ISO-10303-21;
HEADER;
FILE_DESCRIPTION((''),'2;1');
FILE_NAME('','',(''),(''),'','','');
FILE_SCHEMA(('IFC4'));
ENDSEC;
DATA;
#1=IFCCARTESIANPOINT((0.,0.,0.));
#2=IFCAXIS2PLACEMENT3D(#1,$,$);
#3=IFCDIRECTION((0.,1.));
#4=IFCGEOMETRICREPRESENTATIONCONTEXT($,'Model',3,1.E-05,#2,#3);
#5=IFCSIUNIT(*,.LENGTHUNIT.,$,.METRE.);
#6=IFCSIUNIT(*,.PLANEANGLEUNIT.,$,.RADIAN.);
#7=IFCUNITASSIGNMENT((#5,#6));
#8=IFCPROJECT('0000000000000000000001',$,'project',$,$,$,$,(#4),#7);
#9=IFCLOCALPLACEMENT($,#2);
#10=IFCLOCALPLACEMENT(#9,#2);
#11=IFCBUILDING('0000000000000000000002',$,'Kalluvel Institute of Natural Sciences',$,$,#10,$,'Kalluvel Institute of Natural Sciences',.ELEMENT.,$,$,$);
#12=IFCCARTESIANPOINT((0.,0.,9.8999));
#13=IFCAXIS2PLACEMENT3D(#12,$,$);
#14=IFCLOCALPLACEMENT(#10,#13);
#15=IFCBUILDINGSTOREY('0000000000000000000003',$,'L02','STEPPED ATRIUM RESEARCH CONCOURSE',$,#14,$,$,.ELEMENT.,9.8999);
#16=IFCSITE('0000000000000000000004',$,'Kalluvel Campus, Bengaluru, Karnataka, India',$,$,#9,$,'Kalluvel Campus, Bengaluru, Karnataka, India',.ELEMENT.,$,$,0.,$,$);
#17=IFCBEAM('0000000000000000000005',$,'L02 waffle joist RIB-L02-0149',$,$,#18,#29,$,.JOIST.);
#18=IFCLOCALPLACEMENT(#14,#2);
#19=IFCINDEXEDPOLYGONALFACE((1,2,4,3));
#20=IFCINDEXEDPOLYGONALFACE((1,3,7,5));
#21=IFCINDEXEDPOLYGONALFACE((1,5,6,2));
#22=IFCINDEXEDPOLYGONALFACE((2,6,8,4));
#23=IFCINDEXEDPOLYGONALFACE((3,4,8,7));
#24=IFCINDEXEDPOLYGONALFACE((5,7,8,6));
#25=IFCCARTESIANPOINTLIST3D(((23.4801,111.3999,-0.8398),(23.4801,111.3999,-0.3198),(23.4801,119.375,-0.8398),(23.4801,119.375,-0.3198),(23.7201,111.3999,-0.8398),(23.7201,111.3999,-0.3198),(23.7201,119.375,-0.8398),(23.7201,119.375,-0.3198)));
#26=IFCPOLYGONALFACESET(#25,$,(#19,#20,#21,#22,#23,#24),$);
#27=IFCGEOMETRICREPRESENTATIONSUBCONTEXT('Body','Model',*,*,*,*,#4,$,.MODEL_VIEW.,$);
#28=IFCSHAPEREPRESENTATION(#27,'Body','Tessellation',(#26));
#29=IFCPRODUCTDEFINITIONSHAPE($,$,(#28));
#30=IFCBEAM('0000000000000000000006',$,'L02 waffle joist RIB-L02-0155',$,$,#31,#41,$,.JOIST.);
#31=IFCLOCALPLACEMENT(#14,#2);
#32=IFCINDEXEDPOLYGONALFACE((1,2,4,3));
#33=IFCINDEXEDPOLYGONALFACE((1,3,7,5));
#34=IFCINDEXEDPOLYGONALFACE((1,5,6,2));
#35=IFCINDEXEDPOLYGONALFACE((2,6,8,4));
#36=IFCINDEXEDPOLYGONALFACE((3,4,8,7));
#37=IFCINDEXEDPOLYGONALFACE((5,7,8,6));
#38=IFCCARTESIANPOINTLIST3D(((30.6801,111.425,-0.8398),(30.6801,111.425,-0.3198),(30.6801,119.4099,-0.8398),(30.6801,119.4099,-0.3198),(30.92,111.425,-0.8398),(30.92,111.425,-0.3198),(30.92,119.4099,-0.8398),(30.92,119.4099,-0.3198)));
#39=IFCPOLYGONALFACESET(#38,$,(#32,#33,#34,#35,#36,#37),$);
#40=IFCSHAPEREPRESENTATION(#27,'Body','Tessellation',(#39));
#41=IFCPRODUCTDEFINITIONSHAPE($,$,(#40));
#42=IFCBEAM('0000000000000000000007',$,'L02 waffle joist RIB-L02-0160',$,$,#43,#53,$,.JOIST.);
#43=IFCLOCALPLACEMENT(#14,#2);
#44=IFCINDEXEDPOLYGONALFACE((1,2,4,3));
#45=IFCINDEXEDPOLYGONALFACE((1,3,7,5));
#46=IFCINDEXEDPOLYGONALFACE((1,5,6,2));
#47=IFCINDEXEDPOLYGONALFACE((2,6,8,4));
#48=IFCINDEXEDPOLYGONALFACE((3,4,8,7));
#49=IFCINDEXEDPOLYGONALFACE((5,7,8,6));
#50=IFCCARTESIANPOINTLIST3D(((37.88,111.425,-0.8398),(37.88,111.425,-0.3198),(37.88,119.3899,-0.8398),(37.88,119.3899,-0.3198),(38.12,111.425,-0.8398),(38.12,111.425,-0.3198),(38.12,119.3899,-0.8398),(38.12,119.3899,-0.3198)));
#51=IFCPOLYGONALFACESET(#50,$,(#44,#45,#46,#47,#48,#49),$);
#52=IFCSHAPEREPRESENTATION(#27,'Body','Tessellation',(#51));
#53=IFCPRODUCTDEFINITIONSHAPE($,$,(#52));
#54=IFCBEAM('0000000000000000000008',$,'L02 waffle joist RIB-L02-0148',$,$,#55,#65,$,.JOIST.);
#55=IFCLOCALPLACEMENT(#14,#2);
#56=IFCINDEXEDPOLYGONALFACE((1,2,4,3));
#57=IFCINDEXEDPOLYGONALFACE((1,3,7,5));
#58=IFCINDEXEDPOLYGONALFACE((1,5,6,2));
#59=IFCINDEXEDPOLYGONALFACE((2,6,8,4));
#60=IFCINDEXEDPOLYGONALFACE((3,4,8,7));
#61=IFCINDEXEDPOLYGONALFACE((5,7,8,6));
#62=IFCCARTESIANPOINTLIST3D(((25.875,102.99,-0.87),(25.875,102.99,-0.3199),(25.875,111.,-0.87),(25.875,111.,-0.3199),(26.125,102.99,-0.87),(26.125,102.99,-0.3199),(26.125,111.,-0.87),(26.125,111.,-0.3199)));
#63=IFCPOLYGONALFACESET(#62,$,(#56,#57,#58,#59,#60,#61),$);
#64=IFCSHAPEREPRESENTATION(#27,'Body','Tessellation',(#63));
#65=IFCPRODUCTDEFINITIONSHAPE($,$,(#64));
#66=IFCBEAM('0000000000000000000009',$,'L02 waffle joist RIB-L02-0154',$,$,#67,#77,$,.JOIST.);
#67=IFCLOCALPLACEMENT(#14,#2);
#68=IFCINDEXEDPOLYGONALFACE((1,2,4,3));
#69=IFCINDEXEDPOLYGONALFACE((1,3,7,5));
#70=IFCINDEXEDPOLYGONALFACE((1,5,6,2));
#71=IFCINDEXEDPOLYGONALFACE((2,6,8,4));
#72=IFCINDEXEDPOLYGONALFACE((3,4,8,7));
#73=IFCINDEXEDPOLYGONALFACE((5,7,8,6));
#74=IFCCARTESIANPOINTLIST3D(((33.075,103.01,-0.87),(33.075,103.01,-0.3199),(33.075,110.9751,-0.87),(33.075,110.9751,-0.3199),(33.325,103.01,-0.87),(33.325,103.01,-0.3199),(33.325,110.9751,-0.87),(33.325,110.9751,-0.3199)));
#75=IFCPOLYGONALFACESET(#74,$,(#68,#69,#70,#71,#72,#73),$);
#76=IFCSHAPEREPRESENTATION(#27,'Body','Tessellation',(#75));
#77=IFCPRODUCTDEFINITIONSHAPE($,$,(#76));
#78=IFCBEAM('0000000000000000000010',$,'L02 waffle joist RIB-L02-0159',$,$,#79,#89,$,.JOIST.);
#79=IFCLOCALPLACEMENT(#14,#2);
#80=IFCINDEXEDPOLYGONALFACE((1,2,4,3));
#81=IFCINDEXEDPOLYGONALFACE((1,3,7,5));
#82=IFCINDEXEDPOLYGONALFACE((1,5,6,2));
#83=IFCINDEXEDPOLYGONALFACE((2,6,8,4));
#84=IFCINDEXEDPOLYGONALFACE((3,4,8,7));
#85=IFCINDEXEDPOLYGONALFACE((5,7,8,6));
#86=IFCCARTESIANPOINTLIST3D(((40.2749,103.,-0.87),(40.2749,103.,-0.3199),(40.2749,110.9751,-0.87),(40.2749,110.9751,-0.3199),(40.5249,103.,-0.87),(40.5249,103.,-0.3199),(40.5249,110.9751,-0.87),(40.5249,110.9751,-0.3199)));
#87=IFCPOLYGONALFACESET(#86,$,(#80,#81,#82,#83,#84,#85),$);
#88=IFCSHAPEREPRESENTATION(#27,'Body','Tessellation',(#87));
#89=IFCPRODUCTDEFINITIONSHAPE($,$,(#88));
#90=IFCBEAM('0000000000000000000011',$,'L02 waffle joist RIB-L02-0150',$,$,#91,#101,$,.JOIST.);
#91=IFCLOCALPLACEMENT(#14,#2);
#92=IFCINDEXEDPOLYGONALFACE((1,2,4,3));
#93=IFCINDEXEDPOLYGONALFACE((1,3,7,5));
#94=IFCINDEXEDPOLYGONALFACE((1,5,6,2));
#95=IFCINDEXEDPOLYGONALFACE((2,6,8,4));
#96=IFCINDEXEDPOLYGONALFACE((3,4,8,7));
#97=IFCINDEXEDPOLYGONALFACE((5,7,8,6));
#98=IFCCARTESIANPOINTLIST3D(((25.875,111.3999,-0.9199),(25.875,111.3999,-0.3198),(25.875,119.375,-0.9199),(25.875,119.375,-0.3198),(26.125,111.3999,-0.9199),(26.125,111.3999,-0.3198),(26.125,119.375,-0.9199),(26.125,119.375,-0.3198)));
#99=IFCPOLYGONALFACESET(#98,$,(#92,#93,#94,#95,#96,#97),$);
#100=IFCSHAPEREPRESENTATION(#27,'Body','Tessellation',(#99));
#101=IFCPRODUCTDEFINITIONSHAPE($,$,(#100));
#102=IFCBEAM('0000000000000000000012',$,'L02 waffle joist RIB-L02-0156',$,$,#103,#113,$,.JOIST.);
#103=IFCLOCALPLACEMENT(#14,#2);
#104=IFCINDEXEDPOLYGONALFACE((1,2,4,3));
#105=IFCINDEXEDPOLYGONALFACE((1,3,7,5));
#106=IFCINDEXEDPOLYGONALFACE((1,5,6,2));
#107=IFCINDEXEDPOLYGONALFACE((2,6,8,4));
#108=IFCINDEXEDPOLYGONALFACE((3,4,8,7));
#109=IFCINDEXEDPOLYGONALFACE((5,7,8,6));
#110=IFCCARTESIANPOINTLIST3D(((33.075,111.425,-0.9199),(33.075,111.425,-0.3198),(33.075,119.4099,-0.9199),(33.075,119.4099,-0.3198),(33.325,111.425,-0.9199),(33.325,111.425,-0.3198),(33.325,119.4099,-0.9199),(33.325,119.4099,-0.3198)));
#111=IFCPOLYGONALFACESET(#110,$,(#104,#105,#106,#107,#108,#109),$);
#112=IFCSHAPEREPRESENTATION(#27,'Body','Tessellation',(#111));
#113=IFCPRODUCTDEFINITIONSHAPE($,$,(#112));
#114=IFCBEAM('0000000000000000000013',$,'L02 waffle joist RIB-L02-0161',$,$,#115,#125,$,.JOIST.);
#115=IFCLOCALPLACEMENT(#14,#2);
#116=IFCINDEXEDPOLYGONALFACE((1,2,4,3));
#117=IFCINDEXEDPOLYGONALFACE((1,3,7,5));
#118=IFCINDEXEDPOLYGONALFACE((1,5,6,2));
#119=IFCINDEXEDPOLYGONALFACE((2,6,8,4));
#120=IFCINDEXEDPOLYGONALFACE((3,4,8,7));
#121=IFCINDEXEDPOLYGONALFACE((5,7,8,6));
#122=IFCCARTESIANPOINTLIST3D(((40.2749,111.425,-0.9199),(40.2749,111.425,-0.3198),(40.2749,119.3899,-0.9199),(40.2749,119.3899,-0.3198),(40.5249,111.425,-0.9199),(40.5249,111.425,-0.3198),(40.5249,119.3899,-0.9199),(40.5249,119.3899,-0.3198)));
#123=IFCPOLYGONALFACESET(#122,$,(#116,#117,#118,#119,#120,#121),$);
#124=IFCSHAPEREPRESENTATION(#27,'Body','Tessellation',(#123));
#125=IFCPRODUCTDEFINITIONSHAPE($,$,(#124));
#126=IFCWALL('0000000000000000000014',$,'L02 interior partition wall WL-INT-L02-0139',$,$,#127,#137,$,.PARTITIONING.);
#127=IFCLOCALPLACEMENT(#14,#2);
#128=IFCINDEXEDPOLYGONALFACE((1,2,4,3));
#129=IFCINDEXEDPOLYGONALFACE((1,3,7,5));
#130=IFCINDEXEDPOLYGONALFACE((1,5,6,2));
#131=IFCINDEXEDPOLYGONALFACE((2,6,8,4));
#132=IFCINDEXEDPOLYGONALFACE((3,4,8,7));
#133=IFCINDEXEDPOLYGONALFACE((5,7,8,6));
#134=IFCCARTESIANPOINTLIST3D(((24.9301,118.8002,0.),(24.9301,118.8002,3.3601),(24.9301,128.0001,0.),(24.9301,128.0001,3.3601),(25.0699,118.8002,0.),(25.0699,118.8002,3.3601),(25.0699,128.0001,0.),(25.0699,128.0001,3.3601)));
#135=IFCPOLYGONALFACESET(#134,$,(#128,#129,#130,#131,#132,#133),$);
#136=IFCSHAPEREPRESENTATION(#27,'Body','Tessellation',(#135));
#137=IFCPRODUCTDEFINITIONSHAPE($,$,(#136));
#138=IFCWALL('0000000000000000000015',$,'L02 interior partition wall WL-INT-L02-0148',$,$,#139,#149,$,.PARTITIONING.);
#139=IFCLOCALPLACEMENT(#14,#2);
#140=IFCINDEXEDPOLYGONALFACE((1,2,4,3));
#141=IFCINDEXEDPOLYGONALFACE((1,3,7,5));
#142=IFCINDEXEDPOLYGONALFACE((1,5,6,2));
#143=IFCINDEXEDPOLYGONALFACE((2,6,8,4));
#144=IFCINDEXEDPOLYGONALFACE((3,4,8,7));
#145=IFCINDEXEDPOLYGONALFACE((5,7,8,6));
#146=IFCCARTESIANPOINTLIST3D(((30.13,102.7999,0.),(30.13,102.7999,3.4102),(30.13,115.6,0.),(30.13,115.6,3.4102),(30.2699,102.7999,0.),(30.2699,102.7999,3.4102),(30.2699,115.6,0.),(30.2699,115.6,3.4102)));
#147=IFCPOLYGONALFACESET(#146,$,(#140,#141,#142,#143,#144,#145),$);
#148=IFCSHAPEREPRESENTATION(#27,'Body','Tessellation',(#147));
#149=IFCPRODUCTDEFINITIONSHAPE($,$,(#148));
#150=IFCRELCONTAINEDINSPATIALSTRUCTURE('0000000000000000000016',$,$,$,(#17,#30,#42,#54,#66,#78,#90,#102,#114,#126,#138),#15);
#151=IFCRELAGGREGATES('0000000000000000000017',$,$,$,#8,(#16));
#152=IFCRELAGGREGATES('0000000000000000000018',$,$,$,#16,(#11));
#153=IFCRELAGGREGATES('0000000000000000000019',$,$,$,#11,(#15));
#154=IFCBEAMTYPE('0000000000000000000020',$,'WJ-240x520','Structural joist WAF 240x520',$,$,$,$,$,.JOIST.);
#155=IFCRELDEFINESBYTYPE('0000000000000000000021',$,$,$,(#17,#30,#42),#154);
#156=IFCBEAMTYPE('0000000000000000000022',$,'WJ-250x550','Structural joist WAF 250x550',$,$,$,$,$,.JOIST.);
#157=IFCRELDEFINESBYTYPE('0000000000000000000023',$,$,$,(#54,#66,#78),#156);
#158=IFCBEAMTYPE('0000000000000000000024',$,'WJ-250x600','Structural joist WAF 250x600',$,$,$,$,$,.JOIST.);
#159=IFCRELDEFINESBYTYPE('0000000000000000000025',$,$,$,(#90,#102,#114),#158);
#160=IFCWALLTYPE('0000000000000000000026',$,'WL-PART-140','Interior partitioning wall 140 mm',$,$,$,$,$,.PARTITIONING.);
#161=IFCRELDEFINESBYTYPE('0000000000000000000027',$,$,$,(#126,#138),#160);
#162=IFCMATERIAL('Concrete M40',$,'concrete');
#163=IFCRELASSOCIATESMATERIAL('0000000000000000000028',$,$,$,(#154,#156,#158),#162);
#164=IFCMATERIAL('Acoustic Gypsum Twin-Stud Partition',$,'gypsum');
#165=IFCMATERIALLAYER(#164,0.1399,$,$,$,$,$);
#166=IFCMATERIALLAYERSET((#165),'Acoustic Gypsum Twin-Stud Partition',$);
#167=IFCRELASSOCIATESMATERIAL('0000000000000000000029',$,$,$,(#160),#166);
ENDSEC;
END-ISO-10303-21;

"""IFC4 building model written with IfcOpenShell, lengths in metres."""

from ifc_helpers import new_model, si_unit, direction, frame, frame_2d, origin, origin_2d, place, context, subcontext, project, spatial, rectangle, extrude, material, layer, layer_set, material_profile, profile_set, type_object, element, save


model = new_model("IFC4")

# Units and contexts
model_context = context("Model", 3, precision=1e-05, world=origin(), true_north=direction((0.0, 1.0)))
body_context = subcontext(model_context, "Body", "Model", "MODEL_VIEW")
ifc_project = project(units=[si_unit("LENGTHUNIT", "METRE"), si_unit("PLANEANGLEUNIT", "RADIAN")], contexts=[model_context])

# Site, building, storey
site_placement = place(None, origin())
site = spatial("IfcSite", under=ifc_project, at=site_placement, Name="Kalluvel Campus, Bengaluru, Karnataka, India", LongName="Kalluvel Campus, Bengaluru, Karnataka, India", CompositionType="ELEMENT", RefElevation=0.0)
building_placement = place(site_placement, origin())
building = spatial("IfcBuilding", under=site, at=building_placement, Name="Kalluvel Institute of Natural Sciences", LongName="Kalluvel Institute of Natural Sciences", CompositionType="ELEMENT")
storey_placement = place(building_placement, frame((0.0, 0.0, 9.8999)))
storey = spatial("IfcBuildingStorey", under=building, at=storey_placement, Name="L02", Description="STEPPED ATRIUM RESEARCH CONCOURSE", CompositionType="ELEMENT", Elevation=9.8999)

# Beams
ifc_material_1 = material(Name="Concrete M40", Category="concrete")
ifc_material_profile_1 = material_profile(ifc_material_1, rectangle(XDim=0.24, YDim=0.52, at=origin_2d()), Name="WAF 240x520")
ifc_profile_set_1 = profile_set([ifc_material_profile_1], Name="Concrete M40")
beam_type_1 = type_object("IfcBeamType", Name="WJ-240x520", Description="Structural joist WAF 240x520", PredefinedType="JOIST", material=ifc_profile_set_1)
beam_1_placement = place(storey_placement, frame((23.6001, 111.3999, -0.5798), z_axis=(0.0, 1.0, 0.0), x_axis=(-1.0, 0.0, 0.0)))
element("IfcBeam", 1, at=beam_1_placement, inside=storey, type_object=beam_type_1, Name="L02 waffle joist RIB-L02-0149", PredefinedType="JOIST", context=body_context, shape_type="SweptSolid", body=[
    extrude(rectangle(XDim=0.24, YDim=0.52, at=origin_2d()), origin(), (0.0, 0.0, 1.0), 7.9751),
])
beam_2_placement = place(storey_placement, frame((30.8, 111.425, -0.5798), z_axis=(0.0, 1.0, 0.0), x_axis=(-1.0, 0.0, 0.0)))
element("IfcBeam", 2, at=beam_2_placement, inside=storey, type_object=beam_type_1, Name="L02 waffle joist RIB-L02-0155", PredefinedType="JOIST", context=body_context, shape_type="SweptSolid", body=[
    extrude(rectangle(XDim=0.24, YDim=0.52, at=origin_2d()), origin(), (0.0, 0.0, 1.0), 7.9849),
])
beam_3_placement = place(storey_placement, frame((38.0, 111.425, -0.5798), z_axis=(0.0, 1.0, 0.0), x_axis=(-1.0, 0.0, 0.0)))
element("IfcBeam", 3, at=beam_3_placement, inside=storey, type_object=beam_type_1, Name="L02 waffle joist RIB-L02-0160", PredefinedType="JOIST", context=body_context, shape_type="SweptSolid", body=[
    extrude(rectangle(XDim=0.24, YDim=0.52, at=origin_2d()), origin(), (0.0, 0.0, 1.0), 7.9648),
])
ifc_material_profile_2 = material_profile(ifc_material_1, rectangle(XDim=0.25, YDim=0.55, at=origin_2d()), Name="WAF 250x550")
ifc_profile_set_2 = profile_set([ifc_material_profile_2], Name="Concrete M40")
beam_type_2 = type_object("IfcBeamType", Name="WJ-250x550", Description="Structural joist WAF 250x550", PredefinedType="JOIST", material=ifc_profile_set_2)
beam_4_placement = place(storey_placement, frame((26.0, 102.99, -0.595), z_axis=(0.0, 1.0, 0.0), x_axis=(-1.0, 0.0, 0.0)))
element("IfcBeam", 4, at=beam_4_placement, inside=storey, type_object=beam_type_2, Name="L02 waffle joist RIB-L02-0148", PredefinedType="JOIST", context=body_context, shape_type="SweptSolid", body=[
    extrude(rectangle(XDim=0.25, YDim=0.55, at=origin_2d()), origin(), (0.0, 0.0, 1.0), 8.01),
])
beam_5_placement = place(storey_placement, frame((33.2, 103.01, -0.595), z_axis=(0.0, 1.0, 0.0), x_axis=(-1.0, 0.0, 0.0)))
element("IfcBeam", 5, at=beam_5_placement, inside=storey, type_object=beam_type_2, Name="L02 waffle joist RIB-L02-0154", PredefinedType="JOIST", context=body_context, shape_type="SweptSolid", body=[
    extrude(rectangle(XDim=0.25, YDim=0.55, at=origin_2d()), origin(), (0.0, 0.0, 1.0), 7.9651),
])
beam_6_placement = place(storey_placement, frame((40.3999, 103.0, -0.595), z_axis=(0.0, 1.0, 0.0), x_axis=(-1.0, 0.0, 0.0)))
element("IfcBeam", 6, at=beam_6_placement, inside=storey, type_object=beam_type_2, Name="L02 waffle joist RIB-L02-0159", PredefinedType="JOIST", context=body_context, shape_type="SweptSolid", body=[
    extrude(rectangle(XDim=0.25, YDim=0.55, at=origin_2d()), origin(), (0.0, 0.0, 1.0), 7.9751),
])
ifc_material_profile_3 = material_profile(ifc_material_1, rectangle(XDim=0.25, YDim=0.6001, at=origin_2d()), Name="WAF 250x600")
ifc_profile_set_3 = profile_set([ifc_material_profile_3], Name="Concrete M40")
beam_type_3 = type_object("IfcBeamType", Name="WJ-250x600", Description="Structural joist WAF 250x600", PredefinedType="JOIST", material=ifc_profile_set_3)
beam_7_placement = place(storey_placement, frame((26.0, 111.3999, -0.6199), z_axis=(0.0, 1.0, 0.0), x_axis=(-1.0, 0.0, 0.0)))
element("IfcBeam", 7, at=beam_7_placement, inside=storey, type_object=beam_type_3, Name="L02 waffle joist RIB-L02-0150", PredefinedType="JOIST", context=body_context, shape_type="SweptSolid", body=[
    extrude(rectangle(XDim=0.25, YDim=0.6001, at=origin_2d()), origin(), (0.0, 0.0, 1.0), 7.9751),
])
beam_8_placement = place(storey_placement, frame((33.2, 111.425, -0.6199), z_axis=(0.0, 1.0, 0.0), x_axis=(-1.0, 0.0, 0.0)))
element("IfcBeam", 8, at=beam_8_placement, inside=storey, type_object=beam_type_3, Name="L02 waffle joist RIB-L02-0156", PredefinedType="JOIST", context=body_context, shape_type="SweptSolid", body=[
    extrude(rectangle(XDim=0.25, YDim=0.6001, at=origin_2d()), origin(), (0.0, 0.0, 1.0), 7.9849),
])
beam_9_placement = place(storey_placement, frame((40.3999, 111.425, -0.6199), z_axis=(0.0, 1.0, 0.0), x_axis=(-1.0, 0.0, 0.0)))
element("IfcBeam", 9, at=beam_9_placement, inside=storey, type_object=beam_type_3, Name="L02 waffle joist RIB-L02-0161", PredefinedType="JOIST", context=body_context, shape_type="SweptSolid", body=[
    extrude(rectangle(XDim=0.25, YDim=0.6001, at=origin_2d()), origin(), (0.0, 0.0, 1.0), 7.9648),
])

# Walls
ifc_material_2 = material(Name="Acoustic Gypsum Twin-Stud Partition", Category="gypsum")
ifc_layer = layer(ifc_material_2, 0.1399)
ifc_layer_set = layer_set([ifc_layer], Name="Acoustic Gypsum Twin-Stud Partition")
wall_type = type_object("IfcWallType", Name="WL-PART-140", Description="Interior partitioning wall 140 mm", PredefinedType="PARTITIONING", material=ifc_layer_set)
wall_1_placement = place(storey_placement, frame((25.0, 118.8, 0.0), z_axis=(0.0, 0.0, 1.0), x_axis=(0.0, 1.0, 0.0)))
element("IfcWall", 10, at=wall_1_placement, inside=storey, type_object=wall_type, Name="L02 interior partition wall WL-INT-L02-0139", PredefinedType="PARTITIONING", context=body_context, shape_type="SweptSolid", body=[
    extrude(rectangle(XDim=9.2, YDim=0.1399, at=frame_2d((4.6001, 0.0))), origin(), (0.0, 0.0, 1.0), 3.3601),
])
wall_2_placement = place(storey_placement, frame((30.2, 102.8, 0.0), z_axis=(0.0, 0.0, 1.0), x_axis=(0.0, 1.0, 0.0)))
element("IfcWall", 11, at=wall_2_placement, inside=storey, type_object=wall_type, Name="L02 interior partition wall WL-INT-L02-0148", PredefinedType="PARTITIONING", context=body_context, shape_type="SweptSolid", body=[
    extrude(rectangle(XDim=12.8, YDim=0.1399, at=frame_2d((6.3999, 0.0))), origin(), (0.0, 0.0, 1.0), 3.4102),
])

save(model, "model.ifc")
